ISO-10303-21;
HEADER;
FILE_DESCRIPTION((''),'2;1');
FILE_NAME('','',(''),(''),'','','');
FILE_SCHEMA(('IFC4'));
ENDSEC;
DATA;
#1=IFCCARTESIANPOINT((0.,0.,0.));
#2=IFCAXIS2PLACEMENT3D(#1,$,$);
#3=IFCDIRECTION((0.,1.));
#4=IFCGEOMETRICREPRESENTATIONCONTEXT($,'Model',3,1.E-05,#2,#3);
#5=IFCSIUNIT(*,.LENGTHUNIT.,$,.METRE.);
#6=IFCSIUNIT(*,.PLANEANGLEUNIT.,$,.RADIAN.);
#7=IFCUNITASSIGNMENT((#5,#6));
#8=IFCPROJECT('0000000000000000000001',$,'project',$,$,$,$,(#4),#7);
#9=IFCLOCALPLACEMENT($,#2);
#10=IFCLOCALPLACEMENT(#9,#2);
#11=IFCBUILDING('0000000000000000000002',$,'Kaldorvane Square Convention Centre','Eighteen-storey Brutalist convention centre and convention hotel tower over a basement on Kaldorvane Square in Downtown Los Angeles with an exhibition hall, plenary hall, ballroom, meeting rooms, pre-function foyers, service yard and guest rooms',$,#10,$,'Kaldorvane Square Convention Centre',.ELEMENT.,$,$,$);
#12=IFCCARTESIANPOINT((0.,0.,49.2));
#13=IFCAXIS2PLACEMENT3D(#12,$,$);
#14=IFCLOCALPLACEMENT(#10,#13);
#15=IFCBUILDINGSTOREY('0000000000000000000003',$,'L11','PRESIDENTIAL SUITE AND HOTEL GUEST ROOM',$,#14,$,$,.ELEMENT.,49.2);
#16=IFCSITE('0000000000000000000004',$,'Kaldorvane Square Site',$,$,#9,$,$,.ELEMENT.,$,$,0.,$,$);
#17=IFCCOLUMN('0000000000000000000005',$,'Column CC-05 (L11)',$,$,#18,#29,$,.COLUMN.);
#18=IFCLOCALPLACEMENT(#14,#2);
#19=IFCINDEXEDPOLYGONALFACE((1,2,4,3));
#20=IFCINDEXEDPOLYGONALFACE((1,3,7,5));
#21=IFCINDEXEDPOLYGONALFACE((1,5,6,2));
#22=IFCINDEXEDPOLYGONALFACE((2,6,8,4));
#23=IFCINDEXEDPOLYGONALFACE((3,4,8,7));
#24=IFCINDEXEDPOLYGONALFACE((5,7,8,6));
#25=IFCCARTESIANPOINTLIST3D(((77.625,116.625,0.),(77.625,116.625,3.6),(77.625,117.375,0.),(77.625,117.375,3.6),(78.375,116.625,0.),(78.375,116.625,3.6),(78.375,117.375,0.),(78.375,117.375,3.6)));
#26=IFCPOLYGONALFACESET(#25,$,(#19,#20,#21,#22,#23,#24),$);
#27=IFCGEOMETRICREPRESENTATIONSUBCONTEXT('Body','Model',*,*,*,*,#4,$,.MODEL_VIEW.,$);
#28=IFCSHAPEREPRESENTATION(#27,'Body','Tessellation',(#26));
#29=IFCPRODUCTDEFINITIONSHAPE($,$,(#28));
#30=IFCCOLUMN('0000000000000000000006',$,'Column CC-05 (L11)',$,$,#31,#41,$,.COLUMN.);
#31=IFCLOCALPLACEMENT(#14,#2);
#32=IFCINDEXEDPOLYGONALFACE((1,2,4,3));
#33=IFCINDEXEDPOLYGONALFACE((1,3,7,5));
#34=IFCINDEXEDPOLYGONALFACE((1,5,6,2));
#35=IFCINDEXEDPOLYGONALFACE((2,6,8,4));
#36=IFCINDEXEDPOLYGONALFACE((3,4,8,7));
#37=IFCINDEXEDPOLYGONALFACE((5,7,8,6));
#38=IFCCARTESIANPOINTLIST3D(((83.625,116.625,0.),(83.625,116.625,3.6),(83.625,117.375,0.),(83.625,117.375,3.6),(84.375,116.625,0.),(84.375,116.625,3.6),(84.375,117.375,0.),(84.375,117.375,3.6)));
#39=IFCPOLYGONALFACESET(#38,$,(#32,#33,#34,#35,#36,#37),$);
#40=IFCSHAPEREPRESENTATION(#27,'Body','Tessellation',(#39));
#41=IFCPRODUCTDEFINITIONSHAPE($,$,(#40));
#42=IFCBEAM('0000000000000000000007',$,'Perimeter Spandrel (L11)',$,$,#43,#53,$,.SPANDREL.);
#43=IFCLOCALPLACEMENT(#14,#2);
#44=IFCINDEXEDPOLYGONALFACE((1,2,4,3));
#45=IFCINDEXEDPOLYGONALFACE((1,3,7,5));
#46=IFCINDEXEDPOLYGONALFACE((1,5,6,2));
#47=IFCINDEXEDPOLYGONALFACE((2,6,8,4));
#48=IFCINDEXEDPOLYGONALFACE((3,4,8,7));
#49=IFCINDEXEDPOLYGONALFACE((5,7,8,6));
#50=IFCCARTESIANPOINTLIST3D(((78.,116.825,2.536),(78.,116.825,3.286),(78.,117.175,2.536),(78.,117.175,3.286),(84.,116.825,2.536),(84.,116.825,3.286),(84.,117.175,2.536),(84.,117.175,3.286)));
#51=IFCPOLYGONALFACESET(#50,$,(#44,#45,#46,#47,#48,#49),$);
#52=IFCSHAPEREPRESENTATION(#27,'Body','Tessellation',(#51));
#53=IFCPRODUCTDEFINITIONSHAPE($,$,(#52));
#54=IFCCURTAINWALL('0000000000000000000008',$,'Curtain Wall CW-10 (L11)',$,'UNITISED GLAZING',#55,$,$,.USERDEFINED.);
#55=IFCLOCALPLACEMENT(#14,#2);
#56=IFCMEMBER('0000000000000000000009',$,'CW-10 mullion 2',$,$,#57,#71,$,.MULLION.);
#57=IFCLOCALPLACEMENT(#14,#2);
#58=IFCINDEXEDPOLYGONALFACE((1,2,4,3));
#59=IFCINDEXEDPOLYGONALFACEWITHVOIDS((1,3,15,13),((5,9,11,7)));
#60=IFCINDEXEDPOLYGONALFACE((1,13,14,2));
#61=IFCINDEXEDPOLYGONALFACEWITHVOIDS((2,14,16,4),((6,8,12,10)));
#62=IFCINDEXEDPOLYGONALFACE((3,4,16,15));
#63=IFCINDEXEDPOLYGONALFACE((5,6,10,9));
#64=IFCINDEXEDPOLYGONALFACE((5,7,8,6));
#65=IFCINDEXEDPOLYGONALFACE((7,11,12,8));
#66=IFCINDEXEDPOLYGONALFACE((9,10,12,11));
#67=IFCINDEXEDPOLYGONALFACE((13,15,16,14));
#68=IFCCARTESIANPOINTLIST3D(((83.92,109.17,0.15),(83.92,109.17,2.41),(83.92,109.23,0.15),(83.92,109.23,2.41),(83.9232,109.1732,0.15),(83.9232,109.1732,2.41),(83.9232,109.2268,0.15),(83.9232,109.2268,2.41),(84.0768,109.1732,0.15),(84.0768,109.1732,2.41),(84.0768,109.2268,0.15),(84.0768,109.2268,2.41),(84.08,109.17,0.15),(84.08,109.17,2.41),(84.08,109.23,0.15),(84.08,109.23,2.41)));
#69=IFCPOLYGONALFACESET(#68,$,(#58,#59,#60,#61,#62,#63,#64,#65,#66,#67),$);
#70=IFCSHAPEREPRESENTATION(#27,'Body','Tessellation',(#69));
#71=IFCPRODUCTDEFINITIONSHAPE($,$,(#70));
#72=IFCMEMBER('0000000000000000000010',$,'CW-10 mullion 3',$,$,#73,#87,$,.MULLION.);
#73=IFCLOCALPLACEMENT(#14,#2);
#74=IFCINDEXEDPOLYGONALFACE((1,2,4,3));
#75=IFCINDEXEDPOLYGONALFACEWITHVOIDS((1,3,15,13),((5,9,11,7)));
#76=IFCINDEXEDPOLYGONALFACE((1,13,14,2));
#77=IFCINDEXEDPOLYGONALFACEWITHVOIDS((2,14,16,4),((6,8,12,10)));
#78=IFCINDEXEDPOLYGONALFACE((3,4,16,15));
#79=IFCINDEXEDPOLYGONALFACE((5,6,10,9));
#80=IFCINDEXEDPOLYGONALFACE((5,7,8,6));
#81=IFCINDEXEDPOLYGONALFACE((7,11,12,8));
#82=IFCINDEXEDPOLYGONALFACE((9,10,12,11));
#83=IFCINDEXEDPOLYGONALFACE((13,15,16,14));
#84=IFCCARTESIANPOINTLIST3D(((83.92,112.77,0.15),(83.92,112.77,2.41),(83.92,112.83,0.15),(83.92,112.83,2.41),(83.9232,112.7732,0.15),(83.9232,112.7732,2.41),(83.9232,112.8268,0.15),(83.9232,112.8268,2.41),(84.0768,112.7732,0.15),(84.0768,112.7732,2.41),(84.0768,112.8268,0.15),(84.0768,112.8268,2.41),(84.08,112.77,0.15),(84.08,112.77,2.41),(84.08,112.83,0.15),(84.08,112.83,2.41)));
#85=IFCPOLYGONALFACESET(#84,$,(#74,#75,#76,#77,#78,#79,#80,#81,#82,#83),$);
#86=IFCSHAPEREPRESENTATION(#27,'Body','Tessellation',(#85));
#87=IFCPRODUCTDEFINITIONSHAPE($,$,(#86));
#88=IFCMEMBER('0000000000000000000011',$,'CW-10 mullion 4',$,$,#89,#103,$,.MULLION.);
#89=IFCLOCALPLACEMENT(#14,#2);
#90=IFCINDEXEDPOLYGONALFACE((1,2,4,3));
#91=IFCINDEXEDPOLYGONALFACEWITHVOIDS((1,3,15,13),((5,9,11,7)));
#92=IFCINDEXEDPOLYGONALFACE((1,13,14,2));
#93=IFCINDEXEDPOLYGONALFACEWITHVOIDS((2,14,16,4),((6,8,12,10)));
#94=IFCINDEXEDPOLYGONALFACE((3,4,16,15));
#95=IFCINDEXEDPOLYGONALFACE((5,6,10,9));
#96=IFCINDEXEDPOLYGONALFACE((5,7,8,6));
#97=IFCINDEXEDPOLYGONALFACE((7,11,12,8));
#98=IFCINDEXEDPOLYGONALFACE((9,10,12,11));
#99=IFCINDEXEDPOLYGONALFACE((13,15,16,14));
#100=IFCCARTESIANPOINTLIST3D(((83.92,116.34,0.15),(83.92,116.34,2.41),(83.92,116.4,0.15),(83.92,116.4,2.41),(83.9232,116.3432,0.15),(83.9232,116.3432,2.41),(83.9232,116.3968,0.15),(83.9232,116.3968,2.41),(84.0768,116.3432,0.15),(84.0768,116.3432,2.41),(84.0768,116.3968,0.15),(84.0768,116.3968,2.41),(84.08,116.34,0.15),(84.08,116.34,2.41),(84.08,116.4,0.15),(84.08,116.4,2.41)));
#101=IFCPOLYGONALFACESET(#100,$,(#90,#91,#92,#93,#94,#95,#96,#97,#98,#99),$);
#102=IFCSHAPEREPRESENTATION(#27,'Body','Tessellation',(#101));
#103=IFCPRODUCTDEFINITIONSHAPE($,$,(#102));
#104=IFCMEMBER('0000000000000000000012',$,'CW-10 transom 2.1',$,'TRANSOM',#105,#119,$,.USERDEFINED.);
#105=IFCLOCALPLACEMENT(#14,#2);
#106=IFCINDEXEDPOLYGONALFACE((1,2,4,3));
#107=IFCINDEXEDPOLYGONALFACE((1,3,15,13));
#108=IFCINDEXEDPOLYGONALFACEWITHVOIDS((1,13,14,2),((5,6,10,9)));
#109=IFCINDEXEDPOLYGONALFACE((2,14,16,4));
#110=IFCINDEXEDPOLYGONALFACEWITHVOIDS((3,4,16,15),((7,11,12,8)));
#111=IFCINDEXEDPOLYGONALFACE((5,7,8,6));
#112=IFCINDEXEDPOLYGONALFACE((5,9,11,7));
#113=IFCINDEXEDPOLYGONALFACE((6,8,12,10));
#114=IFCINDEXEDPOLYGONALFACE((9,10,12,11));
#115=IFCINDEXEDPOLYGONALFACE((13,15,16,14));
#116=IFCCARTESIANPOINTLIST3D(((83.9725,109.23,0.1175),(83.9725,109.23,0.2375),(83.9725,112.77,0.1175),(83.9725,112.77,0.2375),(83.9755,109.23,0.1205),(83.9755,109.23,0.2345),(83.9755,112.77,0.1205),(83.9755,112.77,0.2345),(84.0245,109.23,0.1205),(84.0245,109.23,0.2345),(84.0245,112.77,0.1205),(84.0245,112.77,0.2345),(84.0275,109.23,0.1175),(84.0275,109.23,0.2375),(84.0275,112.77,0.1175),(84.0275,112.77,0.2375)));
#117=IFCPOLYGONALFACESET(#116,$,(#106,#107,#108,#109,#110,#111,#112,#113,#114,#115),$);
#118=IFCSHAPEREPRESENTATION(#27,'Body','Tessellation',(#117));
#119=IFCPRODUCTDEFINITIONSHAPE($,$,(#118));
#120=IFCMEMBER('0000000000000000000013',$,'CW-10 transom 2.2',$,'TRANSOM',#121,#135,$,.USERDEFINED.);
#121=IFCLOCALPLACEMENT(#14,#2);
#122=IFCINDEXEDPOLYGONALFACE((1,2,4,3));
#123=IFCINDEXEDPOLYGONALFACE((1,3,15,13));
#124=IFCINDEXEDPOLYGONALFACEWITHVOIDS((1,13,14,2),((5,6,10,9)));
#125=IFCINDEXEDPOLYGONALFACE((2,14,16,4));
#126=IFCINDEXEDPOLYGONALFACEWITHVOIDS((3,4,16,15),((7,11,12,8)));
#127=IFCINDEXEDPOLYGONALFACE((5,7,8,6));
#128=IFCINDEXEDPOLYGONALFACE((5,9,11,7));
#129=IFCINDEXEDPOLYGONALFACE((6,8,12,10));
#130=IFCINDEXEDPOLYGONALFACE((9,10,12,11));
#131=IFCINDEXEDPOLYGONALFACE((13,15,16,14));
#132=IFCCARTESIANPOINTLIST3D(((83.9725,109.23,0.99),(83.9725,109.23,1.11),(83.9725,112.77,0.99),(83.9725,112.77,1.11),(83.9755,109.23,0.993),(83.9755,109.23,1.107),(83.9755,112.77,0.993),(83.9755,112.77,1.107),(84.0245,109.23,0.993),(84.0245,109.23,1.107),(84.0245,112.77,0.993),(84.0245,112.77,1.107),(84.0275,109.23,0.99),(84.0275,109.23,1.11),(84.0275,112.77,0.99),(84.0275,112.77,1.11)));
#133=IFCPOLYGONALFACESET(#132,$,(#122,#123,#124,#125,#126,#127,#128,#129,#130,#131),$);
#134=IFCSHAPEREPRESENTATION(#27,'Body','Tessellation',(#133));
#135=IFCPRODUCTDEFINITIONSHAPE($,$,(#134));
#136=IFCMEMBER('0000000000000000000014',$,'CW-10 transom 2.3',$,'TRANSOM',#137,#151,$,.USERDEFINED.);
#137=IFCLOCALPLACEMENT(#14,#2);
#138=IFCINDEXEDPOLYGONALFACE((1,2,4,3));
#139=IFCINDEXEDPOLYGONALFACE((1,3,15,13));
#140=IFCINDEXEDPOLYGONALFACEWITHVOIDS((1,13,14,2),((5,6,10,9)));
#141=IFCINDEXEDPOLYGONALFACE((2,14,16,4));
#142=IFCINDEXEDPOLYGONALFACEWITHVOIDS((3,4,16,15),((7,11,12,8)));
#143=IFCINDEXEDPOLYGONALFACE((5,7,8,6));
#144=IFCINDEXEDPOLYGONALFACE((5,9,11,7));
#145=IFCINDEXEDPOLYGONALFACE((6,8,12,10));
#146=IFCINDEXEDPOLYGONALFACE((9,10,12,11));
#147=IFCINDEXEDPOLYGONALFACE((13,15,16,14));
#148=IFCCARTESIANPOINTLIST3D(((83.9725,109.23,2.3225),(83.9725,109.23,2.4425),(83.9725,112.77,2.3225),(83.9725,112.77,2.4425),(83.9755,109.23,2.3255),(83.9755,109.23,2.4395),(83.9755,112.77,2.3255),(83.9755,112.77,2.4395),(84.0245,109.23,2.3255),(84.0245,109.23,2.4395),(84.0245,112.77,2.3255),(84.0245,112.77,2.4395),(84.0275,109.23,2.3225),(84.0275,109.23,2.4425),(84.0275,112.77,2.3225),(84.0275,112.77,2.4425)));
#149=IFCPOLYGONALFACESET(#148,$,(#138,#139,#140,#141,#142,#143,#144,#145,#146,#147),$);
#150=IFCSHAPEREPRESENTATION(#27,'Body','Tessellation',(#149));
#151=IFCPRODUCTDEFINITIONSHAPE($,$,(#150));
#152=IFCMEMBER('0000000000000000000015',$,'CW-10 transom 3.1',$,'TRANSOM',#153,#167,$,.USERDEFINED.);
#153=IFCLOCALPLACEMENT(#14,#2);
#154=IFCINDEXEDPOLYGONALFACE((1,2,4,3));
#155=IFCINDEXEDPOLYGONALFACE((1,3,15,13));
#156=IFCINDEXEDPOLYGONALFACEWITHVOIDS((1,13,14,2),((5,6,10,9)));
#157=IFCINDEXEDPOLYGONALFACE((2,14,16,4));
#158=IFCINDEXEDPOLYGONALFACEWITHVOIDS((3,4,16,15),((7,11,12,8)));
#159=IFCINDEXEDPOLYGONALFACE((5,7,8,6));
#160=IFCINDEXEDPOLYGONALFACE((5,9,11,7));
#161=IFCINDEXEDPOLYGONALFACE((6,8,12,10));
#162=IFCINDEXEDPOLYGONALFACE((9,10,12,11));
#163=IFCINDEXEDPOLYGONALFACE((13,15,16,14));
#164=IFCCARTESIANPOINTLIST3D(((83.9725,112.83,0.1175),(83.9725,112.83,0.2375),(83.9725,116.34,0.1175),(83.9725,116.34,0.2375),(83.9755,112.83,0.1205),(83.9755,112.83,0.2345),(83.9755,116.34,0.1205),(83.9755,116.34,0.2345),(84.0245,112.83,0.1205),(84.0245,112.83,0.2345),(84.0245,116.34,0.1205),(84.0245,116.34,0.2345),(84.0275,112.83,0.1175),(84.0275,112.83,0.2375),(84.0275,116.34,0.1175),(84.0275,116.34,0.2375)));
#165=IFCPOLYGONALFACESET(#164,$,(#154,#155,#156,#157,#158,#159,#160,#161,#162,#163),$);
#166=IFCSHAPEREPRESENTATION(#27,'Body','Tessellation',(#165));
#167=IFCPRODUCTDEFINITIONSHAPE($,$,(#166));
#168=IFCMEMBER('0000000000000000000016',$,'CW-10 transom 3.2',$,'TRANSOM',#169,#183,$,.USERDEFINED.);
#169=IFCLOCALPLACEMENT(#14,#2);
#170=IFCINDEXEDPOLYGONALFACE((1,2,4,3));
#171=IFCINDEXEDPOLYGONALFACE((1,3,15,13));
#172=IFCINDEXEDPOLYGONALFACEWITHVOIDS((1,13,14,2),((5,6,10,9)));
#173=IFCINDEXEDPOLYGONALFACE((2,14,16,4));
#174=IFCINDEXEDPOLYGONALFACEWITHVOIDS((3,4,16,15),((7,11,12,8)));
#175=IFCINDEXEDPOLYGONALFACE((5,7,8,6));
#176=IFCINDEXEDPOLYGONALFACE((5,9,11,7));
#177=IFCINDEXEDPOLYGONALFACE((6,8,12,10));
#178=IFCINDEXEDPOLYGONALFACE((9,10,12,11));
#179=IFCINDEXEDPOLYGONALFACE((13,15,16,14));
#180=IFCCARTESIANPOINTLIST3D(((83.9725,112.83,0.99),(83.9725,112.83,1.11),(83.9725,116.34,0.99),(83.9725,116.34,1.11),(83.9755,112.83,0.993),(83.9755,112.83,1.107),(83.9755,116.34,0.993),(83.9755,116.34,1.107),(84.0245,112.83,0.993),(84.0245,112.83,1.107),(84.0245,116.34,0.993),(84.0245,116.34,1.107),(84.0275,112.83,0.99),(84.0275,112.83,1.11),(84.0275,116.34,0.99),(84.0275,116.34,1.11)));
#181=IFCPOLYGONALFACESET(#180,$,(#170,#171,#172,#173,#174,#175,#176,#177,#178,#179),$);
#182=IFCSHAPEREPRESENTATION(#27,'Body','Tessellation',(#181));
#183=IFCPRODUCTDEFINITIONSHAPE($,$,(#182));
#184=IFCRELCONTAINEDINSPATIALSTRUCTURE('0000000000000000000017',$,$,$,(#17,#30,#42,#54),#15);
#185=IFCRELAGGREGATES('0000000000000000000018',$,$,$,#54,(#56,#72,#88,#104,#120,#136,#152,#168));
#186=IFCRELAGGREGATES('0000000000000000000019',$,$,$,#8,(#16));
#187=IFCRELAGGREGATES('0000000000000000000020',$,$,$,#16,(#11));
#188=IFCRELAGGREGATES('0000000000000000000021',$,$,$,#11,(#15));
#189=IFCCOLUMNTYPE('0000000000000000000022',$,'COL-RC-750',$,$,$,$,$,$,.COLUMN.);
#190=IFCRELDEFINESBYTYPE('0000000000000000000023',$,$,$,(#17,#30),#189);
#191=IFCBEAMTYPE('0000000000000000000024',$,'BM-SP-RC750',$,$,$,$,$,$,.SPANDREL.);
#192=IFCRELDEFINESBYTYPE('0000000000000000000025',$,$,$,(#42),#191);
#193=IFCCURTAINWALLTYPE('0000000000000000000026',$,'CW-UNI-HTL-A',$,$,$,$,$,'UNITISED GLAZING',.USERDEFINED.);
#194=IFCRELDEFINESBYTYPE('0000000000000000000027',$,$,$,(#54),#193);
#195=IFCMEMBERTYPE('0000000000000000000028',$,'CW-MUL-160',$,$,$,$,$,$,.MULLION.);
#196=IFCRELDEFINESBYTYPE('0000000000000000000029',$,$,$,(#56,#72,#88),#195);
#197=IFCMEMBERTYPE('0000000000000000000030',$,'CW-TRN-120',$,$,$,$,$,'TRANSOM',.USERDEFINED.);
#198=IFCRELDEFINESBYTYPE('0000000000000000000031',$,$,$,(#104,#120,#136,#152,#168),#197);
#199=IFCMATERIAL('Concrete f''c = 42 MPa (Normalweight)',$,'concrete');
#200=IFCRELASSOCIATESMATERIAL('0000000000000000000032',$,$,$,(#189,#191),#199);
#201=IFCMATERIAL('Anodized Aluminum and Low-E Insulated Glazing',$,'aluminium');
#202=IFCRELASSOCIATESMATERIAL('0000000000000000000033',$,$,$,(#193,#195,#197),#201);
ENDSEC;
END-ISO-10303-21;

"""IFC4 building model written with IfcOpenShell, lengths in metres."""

from ifc_helpers import new_model, si_unit, direction, frame, origin, origin_2d, place, context, subcontext, project, spatial, rectangle, hollow_rectangle, extrude, material, material_profile, profile_set, type_object, element, aggregate, save


model = new_model("IFC4")

# Units and contexts
model_context = context("Model", 3, precision=1e-05, world=origin(), true_north=direction((0.0, 1.0)))
body_context = subcontext(model_context, "Body", "Model", "MODEL_VIEW")
ifc_project = project(units=[si_unit("LENGTHUNIT", "METRE"), si_unit("PLANEANGLEUNIT", "RADIAN")], contexts=[model_context])

# Site, building, storey
site_placement = place(None, origin())
site = spatial("IfcSite", under=ifc_project, at=site_placement, Name="Kaldorvane Square Site", CompositionType="ELEMENT", RefElevation=0.0)
building_placement = place(site_placement, origin())
building = spatial("IfcBuilding", under=site, at=building_placement, Name="Kaldorvane Square Convention Centre", Description="Eighteen-storey Brutalist convention centre and convention hotel tower over a basement on Kaldorvane Square in Downtown Los Angeles with an exhibition hall, plenary hall, ballroom, meeting rooms, pre-function foyers, service yard and guest rooms", LongName="Kaldorvane Square Convention Centre", CompositionType="ELEMENT")
storey_placement = place(building_placement, frame((0.0, 0.0, 49.2)))
storey = spatial("IfcBuildingStorey", under=building, at=storey_placement, Name="L11", Description="PRESIDENTIAL SUITE AND HOTEL GUEST ROOM", CompositionType="ELEMENT", Elevation=49.2)

# Columns
ifc_material_1 = material(Name="Concrete f'c = 42 MPa (Normalweight)", Category="concrete")
ifc_material_profile_1 = material_profile(ifc_material_1, rectangle(XDim=0.75, YDim=0.75, at=origin_2d()), Name="RC750X750")
ifc_profile_set_1 = profile_set([ifc_material_profile_1], Name="Concrete f'c = 42 MPa (Normalweight)")
column_type = type_object("IfcColumnType", Name="COL-RC-750", PredefinedType="COLUMN", material=ifc_profile_set_1)
for number, where, z_axis, x_axis, name in (
    (1, (78.0, 117.0, 0.0), (0.0, 0.0, 1.0), (1.0, 0.0, 0.0), "Column CC-05 (L11)"),
    (2, (84.0, 117.0, 0.0), (0.0, 0.0, 1.0), (1.0, 0.0, 0.0), "Column CC-05 (L11)"),
):
    element("IfcColumn", number, at=place(storey_placement, frame(where, z_axis=z_axis, x_axis=x_axis)), inside=storey, type_object=column_type, Name=name, PredefinedType="COLUMN", context=body_context, shape_type="SweptSolid", body=[
        extrude(rectangle(XDim=0.75, YDim=0.75, at=origin_2d()), origin(), (0.0, 0.0, 1.0), 3.6),
    ])

# Beam
ifc_material_profile_2 = material_profile(ifc_material_1, rectangle(XDim=0.35, YDim=0.75, at=origin_2d()), Name="RCSP750X350")
ifc_profile_set_2 = profile_set([ifc_material_profile_2], Name="Concrete f'c = 42 MPa (Normalweight)")
beam_type = type_object("IfcBeamType", Name="BM-SP-RC750", PredefinedType="SPANDREL", material=ifc_profile_set_2)
beam_placement = place(storey_placement, frame((78.0, 117.0, 2.911), z_axis=(1.0, 0.0, 0.0), x_axis=(0.0, 1.0, 0.0)))
element("IfcBeam", 3, at=beam_placement, inside=storey, type_object=beam_type, Name="Perimeter Spandrel (L11)", PredefinedType="SPANDREL", context=body_context, shape_type="SweptSolid", body=[
    extrude(rectangle(XDim=0.35, YDim=0.75, at=origin_2d()), origin(), (0.0, 0.0, 1.0), 6.0),
])

# Curtain wall, members
ifc_material_2 = material(Name="Anodized Aluminum and Low-E Insulated Glazing", Category="aluminium")
curtain_wall_type = type_object("IfcCurtainWallType", Name="CW-UNI-HTL-A", ElementType="UNITISED GLAZING", PredefinedType="USERDEFINED", material=ifc_material_2)
curtain_wall_placement = place(storey_placement, origin())
curtain_wall = element("IfcCurtainWall", 4, at=curtain_wall_placement, inside=storey, type_object=curtain_wall_type, Name="Curtain Wall CW-10 (L11)", ObjectType="UNITISED GLAZING", PredefinedType="USERDEFINED")
ifc_material_profile_3 = material_profile(ifc_material_2, hollow_rectangle(XDim=0.06, YDim=0.16, WallThickness=0.0032, at=origin_2d()), Name="CWM-160X60")
ifc_profile_set_3 = profile_set([ifc_material_profile_3], Name="Anodized Aluminum and Low-E Insulated Glazing")
member_type_1 = type_object("IfcMemberType", Name="CW-MUL-160", PredefinedType="MULLION", material=ifc_profile_set_3)
member_1_placement = place(storey_placement, frame((84.0, 109.2, 0.15), z_axis=(0.0, 0.0, 1.0), x_axis=(0.0, 1.0, 0.0)))
member_1 = element("IfcMember", 5, at=member_1_placement, type_object=member_type_1, Name="CW-10 mullion 2", PredefinedType="MULLION", context=body_context, shape_type="SweptSolid", body=[
    extrude(hollow_rectangle(XDim=0.06, YDim=0.16, WallThickness=0.0032, at=origin_2d()), origin(), (0.0, 0.0, 1.0), 2.26),
])
member_2_placement = place(storey_placement, frame((84.0, 112.8, 0.15), z_axis=(0.0, 0.0, 1.0), x_axis=(0.0, 1.0, 0.0)))
member_2 = element("IfcMember", 6, at=member_2_placement, type_object=member_type_1, Name="CW-10 mullion 3", PredefinedType="MULLION", context=body_context, shape_type="SweptSolid", body=[
    extrude(hollow_rectangle(XDim=0.06, YDim=0.16, WallThickness=0.0032, at=origin_2d()), origin(), (0.0, 0.0, 1.0), 2.26),
])
member_3_placement = place(storey_placement, frame((84.0, 116.37, 0.15), z_axis=(0.0, 0.0, 1.0), x_axis=(0.0, 1.0, 0.0)))
member_3 = element("IfcMember", 7, at=member_3_placement, type_object=member_type_1, Name="CW-10 mullion 4", PredefinedType="MULLION", context=body_context, shape_type="SweptSolid", body=[
    extrude(hollow_rectangle(XDim=0.06, YDim=0.16, WallThickness=0.0032, at=origin_2d()), origin(), (0.0, 0.0, 1.0), 2.26),
])
ifc_material_profile_4 = material_profile(ifc_material_2, hollow_rectangle(XDim=0.055, YDim=0.12, WallThickness=0.003, at=origin_2d()), Name="CWT-120X55")
ifc_profile_set_4 = profile_set([ifc_material_profile_4], Name="Anodized Aluminum and Low-E Insulated Glazing")
member_type_2 = type_object("IfcMemberType", Name="CW-TRN-120", ElementType="TRANSOM", PredefinedType="USERDEFINED", material=ifc_profile_set_4)
member_4_placement = place(storey_placement, frame((84.0, 109.23, 0.1775), z_axis=(0.0, 1.0, 0.0), x_axis=(-1.0, 0.0, 0.0)))
member_4 = element("IfcMember", 8, at=member_4_placement, type_object=member_type_2, Name="CW-10 transom 2.1", ObjectType="TRANSOM", PredefinedType="USERDEFINED", context=body_context, shape_type="SweptSolid", body=[
    extrude(hollow_rectangle(XDim=0.055, YDim=0.12, WallThickness=0.003, at=origin_2d()), origin(), (0.0, 0.0, 1.0), 3.54),
])
member_5_placement = place(storey_placement, frame((84.0, 109.23, 1.05), z_axis=(0.0, 1.0, 0.0), x_axis=(-1.0, 0.0, 0.0)))
member_5 = element("IfcMember", 9, at=member_5_placement, type_object=member_type_2, Name="CW-10 transom 2.2", ObjectType="TRANSOM", PredefinedType="USERDEFINED", context=body_context, shape_type="SweptSolid", body=[
    extrude(hollow_rectangle(XDim=0.055, YDim=0.12, WallThickness=0.003, at=origin_2d()), origin(), (0.0, 0.0, 1.0), 3.54),
])
member_6_placement = place(storey_placement, frame((84.0, 109.23, 2.3825), z_axis=(0.0, 1.0, 0.0), x_axis=(-1.0, 0.0, 0.0)))
member_6 = element("IfcMember", 10, at=member_6_placement, type_object=member_type_2, Name="CW-10 transom 2.3", ObjectType="TRANSOM", PredefinedType="USERDEFINED", context=body_context, shape_type="SweptSolid", body=[
    extrude(hollow_rectangle(XDim=0.055, YDim=0.12, WallThickness=0.003, at=origin_2d()), origin(), (0.0, 0.0, 1.0), 3.54),
])
member_7_placement = place(storey_placement, frame((84.0, 112.83, 0.1775), z_axis=(0.0, 1.0, 0.0), x_axis=(-1.0, 0.0, 0.0)))
member_7 = element("IfcMember", 11, at=member_7_placement, type_object=member_type_2, Name="CW-10 transom 3.1", ObjectType="TRANSOM", PredefinedType="USERDEFINED", context=body_context, shape_type="SweptSolid", body=[
    extrude(hollow_rectangle(XDim=0.055, YDim=0.12, WallThickness=0.003, at=origin_2d()), origin(), (0.0, 0.0, 1.0), 3.51),
])
member_8_placement = place(storey_placement, frame((84.0, 112.83, 1.05), z_axis=(0.0, 1.0, 0.0), x_axis=(-1.0, 0.0, 0.0)))
member_8 = element("IfcMember", 12, at=member_8_placement, type_object=member_type_2, Name="CW-10 transom 3.2", ObjectType="TRANSOM", PredefinedType="USERDEFINED", context=body_context, shape_type="SweptSolid", body=[
    extrude(hollow_rectangle(XDim=0.055, YDim=0.12, WallThickness=0.003, at=origin_2d()), origin(), (0.0, 0.0, 1.0), 3.51),
])
aggregate(curtain_wall, [member_1, member_2, member_3, member_4, member_5, member_6, member_7, member_8])

save(model, "model.ifc")
